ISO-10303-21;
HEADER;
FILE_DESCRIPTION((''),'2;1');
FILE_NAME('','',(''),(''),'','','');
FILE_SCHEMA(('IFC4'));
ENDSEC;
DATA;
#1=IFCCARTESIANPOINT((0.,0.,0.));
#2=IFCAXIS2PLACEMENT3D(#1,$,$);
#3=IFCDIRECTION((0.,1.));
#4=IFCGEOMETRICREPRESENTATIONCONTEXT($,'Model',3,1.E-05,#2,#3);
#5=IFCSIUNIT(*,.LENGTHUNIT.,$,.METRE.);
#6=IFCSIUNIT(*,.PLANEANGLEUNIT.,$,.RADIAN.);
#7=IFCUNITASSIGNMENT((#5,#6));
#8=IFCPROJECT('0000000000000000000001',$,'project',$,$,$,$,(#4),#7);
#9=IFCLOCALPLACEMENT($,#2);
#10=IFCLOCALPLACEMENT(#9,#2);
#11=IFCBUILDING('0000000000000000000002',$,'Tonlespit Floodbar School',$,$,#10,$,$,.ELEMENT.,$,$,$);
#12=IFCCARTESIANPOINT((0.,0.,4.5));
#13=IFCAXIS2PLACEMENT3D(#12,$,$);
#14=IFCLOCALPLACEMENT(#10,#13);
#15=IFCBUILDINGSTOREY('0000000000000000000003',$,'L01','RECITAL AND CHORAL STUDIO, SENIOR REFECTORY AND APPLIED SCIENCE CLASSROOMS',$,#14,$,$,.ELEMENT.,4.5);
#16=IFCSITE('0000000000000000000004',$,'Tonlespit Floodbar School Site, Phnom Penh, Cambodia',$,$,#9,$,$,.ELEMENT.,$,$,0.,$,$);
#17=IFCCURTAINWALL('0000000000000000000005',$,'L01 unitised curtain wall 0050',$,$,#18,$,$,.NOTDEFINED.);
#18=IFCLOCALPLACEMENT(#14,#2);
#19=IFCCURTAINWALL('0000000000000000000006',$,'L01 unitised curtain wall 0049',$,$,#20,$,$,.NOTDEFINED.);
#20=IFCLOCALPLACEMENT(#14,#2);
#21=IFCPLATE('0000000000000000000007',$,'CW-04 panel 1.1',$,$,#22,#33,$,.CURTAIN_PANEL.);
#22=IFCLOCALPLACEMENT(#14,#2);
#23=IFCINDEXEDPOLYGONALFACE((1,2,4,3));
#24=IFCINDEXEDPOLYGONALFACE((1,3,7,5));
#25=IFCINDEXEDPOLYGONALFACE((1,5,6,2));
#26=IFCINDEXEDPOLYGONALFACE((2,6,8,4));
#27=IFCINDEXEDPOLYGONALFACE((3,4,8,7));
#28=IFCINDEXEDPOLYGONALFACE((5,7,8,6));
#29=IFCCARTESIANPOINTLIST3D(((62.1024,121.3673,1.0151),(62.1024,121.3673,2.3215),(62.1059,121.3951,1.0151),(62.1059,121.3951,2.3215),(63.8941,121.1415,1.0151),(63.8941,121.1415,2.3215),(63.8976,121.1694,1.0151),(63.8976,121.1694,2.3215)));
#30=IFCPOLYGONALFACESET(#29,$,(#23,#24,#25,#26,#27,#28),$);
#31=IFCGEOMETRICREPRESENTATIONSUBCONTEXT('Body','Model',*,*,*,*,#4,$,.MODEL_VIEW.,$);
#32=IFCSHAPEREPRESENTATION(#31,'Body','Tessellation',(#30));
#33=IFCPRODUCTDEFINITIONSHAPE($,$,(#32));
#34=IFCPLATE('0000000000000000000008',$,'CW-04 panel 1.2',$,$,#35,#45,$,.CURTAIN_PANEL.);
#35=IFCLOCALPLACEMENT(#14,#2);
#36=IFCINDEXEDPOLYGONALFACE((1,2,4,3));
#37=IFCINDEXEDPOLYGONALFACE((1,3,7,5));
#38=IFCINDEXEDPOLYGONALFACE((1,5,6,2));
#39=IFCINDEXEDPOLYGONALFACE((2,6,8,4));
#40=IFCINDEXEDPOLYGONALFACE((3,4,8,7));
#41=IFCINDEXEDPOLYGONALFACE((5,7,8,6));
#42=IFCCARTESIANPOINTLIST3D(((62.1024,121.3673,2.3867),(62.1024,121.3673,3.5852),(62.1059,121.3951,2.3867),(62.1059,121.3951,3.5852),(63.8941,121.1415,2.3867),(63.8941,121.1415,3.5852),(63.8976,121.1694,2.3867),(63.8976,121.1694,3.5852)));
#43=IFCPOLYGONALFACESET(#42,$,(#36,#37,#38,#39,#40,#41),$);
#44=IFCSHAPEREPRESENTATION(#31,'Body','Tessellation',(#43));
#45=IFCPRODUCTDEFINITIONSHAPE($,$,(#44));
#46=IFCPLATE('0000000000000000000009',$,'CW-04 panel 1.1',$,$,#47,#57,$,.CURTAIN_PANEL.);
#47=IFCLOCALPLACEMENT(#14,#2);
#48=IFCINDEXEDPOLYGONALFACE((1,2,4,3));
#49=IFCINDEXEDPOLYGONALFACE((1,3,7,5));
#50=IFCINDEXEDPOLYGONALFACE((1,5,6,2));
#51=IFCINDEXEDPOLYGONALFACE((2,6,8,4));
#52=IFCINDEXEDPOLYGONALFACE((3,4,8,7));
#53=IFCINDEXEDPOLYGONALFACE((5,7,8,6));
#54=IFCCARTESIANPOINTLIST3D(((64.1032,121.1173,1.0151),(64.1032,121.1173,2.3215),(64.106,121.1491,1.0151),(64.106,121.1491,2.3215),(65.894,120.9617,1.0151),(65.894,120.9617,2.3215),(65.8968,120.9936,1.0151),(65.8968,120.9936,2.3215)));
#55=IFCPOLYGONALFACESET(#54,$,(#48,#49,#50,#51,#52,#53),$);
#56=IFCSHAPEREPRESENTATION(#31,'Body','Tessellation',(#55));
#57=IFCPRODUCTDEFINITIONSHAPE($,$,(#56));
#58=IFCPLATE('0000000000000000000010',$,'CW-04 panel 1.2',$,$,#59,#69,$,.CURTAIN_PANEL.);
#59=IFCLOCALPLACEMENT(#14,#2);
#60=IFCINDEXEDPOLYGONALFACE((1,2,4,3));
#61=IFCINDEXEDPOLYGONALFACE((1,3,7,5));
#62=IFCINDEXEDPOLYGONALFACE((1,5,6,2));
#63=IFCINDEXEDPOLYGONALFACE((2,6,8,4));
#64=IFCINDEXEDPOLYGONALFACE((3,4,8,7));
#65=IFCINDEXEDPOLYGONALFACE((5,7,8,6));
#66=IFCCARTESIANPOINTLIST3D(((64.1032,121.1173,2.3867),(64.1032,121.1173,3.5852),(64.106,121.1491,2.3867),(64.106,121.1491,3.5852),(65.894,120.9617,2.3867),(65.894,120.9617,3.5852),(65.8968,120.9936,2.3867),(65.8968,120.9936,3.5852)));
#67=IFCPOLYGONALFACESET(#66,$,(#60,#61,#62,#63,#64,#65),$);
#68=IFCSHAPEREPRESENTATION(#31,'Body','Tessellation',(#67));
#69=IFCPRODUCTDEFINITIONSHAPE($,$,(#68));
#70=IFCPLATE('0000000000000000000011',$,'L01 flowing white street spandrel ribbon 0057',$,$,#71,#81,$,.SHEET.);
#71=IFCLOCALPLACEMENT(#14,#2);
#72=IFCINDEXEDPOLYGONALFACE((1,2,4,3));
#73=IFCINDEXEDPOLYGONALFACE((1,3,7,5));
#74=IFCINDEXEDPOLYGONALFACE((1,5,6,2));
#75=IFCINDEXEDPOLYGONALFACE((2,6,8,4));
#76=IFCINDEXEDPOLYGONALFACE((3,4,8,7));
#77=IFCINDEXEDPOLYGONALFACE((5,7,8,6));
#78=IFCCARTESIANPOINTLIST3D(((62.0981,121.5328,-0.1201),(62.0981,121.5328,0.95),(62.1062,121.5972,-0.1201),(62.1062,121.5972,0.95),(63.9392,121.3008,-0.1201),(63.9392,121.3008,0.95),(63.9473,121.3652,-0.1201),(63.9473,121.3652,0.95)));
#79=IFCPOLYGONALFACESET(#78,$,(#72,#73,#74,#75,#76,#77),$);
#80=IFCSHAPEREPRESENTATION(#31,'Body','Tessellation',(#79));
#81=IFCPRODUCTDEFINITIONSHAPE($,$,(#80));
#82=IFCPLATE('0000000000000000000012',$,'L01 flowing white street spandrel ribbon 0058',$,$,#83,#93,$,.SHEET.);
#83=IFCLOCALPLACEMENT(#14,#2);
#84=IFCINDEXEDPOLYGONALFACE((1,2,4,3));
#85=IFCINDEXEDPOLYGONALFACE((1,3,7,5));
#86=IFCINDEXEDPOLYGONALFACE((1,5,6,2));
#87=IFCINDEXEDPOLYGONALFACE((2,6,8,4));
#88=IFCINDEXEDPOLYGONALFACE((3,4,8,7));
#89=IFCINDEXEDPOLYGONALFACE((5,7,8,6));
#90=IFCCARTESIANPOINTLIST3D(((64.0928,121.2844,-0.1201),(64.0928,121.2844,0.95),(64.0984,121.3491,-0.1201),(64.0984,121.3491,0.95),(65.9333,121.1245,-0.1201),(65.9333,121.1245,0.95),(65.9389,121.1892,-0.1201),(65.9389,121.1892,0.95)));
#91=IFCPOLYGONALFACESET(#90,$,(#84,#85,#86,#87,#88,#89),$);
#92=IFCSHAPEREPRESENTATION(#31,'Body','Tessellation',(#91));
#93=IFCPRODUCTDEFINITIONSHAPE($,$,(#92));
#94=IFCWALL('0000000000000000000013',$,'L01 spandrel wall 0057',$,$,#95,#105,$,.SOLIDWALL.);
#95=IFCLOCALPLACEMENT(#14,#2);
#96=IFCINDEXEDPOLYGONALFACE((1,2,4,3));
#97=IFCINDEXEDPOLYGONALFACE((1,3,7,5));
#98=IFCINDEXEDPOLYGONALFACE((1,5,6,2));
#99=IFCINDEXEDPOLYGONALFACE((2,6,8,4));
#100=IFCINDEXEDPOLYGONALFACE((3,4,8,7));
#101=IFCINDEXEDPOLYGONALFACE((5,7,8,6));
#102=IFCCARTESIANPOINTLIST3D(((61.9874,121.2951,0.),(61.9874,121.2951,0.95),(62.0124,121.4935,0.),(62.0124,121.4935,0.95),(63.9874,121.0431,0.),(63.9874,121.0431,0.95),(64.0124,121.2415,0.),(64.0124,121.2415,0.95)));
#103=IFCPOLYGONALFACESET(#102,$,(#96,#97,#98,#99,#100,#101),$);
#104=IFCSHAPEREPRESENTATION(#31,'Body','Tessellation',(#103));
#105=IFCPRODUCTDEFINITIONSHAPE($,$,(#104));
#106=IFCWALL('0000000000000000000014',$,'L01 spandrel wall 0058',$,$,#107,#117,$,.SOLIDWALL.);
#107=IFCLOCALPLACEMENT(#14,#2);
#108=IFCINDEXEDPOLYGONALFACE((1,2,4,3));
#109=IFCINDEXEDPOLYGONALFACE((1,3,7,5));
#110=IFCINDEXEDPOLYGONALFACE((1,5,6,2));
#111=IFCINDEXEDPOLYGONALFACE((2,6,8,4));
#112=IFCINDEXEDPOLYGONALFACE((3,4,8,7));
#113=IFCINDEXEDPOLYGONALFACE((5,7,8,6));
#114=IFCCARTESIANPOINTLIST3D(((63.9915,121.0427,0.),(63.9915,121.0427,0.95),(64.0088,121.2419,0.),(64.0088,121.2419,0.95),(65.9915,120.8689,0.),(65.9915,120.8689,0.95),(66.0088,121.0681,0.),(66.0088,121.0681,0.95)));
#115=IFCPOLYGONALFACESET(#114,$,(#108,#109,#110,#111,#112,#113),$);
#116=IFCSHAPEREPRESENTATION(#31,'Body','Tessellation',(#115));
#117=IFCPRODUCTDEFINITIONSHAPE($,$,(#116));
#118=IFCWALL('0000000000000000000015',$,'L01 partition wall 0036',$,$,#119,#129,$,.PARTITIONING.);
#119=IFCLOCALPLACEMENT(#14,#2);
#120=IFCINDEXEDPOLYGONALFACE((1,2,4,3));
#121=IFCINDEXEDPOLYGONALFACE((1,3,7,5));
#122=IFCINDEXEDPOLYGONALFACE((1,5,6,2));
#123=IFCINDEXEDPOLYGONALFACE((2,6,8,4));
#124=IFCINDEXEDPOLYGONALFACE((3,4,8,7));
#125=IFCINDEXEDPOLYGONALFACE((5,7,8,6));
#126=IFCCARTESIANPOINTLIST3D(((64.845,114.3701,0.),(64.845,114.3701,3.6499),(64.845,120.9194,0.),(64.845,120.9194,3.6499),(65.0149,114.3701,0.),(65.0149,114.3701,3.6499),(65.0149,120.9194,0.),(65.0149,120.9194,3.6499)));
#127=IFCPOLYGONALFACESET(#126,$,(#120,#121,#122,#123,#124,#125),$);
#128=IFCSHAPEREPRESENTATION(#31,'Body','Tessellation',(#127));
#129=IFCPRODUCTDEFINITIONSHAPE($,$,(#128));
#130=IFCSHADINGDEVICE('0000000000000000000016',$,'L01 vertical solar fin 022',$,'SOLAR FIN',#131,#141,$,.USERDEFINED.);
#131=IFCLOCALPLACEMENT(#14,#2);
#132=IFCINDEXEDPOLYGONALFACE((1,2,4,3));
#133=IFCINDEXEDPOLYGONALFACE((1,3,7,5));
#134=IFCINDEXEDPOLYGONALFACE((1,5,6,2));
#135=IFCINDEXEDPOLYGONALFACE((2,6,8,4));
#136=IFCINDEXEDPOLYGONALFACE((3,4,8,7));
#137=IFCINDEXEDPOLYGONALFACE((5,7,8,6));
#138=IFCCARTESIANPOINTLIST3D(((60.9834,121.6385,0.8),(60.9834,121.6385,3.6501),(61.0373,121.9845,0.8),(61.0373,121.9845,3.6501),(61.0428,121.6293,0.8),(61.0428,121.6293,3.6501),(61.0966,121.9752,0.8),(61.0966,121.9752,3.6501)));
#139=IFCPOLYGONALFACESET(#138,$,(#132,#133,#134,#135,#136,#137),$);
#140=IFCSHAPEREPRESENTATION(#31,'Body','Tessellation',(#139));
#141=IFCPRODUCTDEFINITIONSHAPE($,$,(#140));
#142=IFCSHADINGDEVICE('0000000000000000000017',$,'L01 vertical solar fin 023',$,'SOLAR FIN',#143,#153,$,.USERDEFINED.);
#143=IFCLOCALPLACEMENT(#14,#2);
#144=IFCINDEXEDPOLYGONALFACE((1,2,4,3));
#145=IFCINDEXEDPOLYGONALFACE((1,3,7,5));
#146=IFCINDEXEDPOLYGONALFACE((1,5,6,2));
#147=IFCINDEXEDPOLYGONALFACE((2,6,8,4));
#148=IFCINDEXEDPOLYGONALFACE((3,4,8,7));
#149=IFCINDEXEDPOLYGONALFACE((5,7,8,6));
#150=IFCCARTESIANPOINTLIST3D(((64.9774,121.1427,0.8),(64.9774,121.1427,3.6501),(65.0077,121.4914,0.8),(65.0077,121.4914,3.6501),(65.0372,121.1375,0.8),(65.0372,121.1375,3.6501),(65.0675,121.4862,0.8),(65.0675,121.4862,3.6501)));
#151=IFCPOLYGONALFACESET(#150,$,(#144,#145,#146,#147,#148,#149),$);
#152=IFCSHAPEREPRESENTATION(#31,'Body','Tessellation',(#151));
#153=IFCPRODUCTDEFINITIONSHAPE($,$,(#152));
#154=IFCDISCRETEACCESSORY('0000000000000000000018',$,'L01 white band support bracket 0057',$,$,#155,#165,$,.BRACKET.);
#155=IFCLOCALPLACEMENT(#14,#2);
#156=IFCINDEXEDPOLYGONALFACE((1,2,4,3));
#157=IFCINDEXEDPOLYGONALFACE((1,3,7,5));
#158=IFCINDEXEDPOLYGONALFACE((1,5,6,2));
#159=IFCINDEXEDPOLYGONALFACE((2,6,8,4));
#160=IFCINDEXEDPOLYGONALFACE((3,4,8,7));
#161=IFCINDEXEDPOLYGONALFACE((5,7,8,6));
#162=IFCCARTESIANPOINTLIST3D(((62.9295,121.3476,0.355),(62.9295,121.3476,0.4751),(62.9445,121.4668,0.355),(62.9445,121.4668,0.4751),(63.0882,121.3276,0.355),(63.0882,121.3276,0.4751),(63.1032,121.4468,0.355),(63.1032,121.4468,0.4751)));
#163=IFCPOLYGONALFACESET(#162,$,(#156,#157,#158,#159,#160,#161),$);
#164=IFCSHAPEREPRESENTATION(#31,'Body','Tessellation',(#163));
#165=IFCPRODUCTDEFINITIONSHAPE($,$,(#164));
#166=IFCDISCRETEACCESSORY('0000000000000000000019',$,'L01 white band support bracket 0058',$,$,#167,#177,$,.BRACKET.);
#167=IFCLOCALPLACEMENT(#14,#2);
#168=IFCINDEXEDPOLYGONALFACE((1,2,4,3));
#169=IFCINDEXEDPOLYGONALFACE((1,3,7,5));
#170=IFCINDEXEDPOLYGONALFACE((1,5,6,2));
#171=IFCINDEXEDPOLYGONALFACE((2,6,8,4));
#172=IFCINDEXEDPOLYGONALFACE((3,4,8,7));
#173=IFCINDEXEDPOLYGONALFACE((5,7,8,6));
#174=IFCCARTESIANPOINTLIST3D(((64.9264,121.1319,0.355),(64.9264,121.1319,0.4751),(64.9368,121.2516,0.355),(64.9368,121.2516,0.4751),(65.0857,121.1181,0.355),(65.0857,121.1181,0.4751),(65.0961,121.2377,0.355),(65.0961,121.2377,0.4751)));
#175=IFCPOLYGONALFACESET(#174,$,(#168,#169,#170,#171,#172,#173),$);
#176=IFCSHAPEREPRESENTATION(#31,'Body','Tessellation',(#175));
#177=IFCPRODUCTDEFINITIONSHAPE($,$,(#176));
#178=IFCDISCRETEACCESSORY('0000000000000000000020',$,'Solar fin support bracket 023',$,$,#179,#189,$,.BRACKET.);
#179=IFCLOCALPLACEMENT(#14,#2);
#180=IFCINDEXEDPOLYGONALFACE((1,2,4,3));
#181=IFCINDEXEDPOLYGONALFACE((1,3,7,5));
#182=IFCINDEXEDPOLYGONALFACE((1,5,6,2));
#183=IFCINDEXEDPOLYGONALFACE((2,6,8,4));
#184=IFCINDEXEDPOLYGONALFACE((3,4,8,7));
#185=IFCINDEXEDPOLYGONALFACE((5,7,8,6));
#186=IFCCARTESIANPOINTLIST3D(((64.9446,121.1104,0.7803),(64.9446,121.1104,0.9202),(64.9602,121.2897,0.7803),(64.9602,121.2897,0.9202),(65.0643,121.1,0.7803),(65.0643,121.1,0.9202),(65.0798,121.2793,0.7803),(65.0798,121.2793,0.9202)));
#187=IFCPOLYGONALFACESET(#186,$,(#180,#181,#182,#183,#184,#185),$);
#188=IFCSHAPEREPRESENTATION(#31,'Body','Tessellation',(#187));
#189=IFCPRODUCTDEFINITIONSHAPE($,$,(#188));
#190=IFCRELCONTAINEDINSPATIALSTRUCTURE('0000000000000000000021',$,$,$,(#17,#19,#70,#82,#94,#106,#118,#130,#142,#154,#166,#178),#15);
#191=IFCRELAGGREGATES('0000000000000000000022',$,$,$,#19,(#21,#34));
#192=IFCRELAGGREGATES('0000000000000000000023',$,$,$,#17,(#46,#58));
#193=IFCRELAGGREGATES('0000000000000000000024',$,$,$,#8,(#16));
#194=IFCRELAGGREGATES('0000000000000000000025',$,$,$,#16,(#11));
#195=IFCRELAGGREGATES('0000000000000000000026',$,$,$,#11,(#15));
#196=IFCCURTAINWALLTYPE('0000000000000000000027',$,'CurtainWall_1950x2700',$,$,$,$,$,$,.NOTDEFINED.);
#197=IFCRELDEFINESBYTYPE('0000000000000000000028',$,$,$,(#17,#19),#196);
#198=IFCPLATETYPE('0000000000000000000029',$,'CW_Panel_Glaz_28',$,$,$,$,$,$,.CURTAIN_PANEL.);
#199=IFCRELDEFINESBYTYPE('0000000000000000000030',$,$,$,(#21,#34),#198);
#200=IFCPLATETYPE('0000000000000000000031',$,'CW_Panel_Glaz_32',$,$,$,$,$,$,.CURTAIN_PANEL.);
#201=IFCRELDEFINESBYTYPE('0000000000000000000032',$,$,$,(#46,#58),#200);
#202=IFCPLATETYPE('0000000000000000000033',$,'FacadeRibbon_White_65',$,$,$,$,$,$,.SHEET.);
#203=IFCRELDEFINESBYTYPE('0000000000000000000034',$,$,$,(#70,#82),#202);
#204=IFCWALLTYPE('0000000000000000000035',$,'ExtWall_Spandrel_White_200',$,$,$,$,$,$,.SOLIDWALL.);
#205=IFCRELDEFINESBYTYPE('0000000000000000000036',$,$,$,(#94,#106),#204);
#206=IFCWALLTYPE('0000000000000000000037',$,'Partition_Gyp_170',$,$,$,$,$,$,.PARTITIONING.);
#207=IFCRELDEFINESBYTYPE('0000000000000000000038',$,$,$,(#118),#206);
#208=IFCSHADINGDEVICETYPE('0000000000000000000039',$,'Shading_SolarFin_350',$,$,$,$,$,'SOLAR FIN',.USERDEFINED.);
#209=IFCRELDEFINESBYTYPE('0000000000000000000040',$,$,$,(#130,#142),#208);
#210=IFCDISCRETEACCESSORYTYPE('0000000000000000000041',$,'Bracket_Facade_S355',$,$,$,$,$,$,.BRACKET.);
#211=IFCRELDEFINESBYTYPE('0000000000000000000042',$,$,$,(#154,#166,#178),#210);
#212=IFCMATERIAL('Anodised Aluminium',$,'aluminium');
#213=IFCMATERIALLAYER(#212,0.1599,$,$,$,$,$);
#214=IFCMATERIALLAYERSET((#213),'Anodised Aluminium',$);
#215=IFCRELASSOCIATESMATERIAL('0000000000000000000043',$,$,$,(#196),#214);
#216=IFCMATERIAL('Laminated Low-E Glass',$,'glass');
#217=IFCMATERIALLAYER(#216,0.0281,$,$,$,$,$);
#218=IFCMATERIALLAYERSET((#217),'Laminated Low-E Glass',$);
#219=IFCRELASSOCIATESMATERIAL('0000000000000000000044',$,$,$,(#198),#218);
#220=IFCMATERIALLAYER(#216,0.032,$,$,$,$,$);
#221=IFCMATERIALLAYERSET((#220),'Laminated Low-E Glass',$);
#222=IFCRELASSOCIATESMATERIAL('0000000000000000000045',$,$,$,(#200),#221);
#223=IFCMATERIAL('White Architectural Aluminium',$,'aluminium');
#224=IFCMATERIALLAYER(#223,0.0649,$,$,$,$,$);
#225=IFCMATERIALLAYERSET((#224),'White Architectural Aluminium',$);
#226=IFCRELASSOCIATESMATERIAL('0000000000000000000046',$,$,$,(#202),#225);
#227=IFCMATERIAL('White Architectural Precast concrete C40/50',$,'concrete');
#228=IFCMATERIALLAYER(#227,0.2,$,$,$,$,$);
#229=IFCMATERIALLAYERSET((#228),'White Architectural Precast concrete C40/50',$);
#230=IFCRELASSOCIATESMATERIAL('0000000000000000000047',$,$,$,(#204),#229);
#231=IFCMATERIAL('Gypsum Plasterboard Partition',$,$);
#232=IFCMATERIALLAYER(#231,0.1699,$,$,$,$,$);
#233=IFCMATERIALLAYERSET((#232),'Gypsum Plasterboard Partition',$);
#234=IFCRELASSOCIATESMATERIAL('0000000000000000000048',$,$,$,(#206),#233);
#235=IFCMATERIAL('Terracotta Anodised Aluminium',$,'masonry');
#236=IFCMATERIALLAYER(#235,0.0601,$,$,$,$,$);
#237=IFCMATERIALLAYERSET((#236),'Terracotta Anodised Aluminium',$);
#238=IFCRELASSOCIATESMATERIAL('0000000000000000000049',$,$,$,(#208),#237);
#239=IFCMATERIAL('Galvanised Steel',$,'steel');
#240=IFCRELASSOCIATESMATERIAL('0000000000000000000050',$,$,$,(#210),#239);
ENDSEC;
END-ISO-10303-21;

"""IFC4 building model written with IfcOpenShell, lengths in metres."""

from ifc_helpers import new_model, si_unit, direction, frame, frame_2d, origin, origin_2d, place, context, subcontext, project, spatial, rectangle, extrude, material, layer, layer_set, type_object, element, aggregate, save


model = new_model("IFC4")

# Units and contexts
model_context = context("Model", 3, precision=1e-05, world=origin(), true_north=direction((0.0, 1.0)))
body_context = subcontext(model_context, "Body", "Model", "MODEL_VIEW")
ifc_project = project(units=[si_unit("LENGTHUNIT", "METRE"), si_unit("PLANEANGLEUNIT", "RADIAN")], contexts=[model_context])

# Site, building, storey
site_placement = place(None, origin())
site = spatial("IfcSite", under=ifc_project, at=site_placement, Name="Tonlespit Floodbar School Site, Phnom Penh, Cambodia", CompositionType="ELEMENT", RefElevation=0.0)
building_placement = place(site_placement, origin())
building = spatial("IfcBuilding", under=site, at=building_placement, Name="Tonlespit Floodbar School", CompositionType="ELEMENT")
storey_placement = place(building_placement, frame((0.0, 0.0, 4.5)))
storey = spatial("IfcBuildingStorey", under=building, at=storey_placement, Name="L01", Description="RECITAL AND CHORAL STUDIO, SENIOR REFECTORY AND APPLIED SCIENCE CLASSROOMS", CompositionType="ELEMENT", Elevation=4.5)

# Shared definitions
ifc_material_1 = material(Name="Anodised Aluminium", Category="aluminium")
ifc_layer_1 = layer(ifc_material_1, 0.1599)
ifc_layer_set_1 = layer_set([ifc_layer_1], Name="Anodised Aluminium")
curtain_wall_type = type_object("IfcCurtainWallType", Name="CurtainWall_1950x2700", PredefinedType="NOTDEFINED", material=ifc_layer_set_1)

# Curtain walls
curtain_wall_1_placement = place(storey_placement, origin())
curtain_wall_1 = element("IfcCurtainWall", 1, at=curtain_wall_1_placement, inside=storey, type_object=curtain_wall_type, Name="L01 unitised curtain wall 0050", PredefinedType="NOTDEFINED")
curtain_wall_2_placement = place(storey_placement, origin())
curtain_wall_2 = element("IfcCurtainWall", 2, at=curtain_wall_2_placement, inside=storey, type_object=curtain_wall_type, Name="L01 unitised curtain wall 0049", PredefinedType="NOTDEFINED")

# Plates
ifc_material_2 = material(Name="Laminated Low-E Glass", Category="glass")
ifc_layer_2 = layer(ifc_material_2, 0.0281)
ifc_layer_set_2 = layer_set([ifc_layer_2], Name="Laminated Low-E Glass")
plate_type_1 = type_object("IfcPlateType", Name="CW_Panel_Glaz_28", PredefinedType="CURTAIN_PANEL", material=ifc_layer_set_2)
plate_1_placement = place(storey_placement, frame((63.0, 121.2683, 1.0151), z_axis=(0.0, 0.0, 1.0), x_axis=(0.992155, -0.125014, 0.0)))
plate_1 = element("IfcPlate", 3, at=plate_1_placement, type_object=plate_type_1, Name="CW-04 panel 1.1", PredefinedType="CURTAIN_PANEL", context=body_context, shape_type="SweptSolid", body=[
    extrude(rectangle(XDim=1.8059, YDim=0.0281, at=origin_2d()), origin(), (0.0, 0.0, 1.0), 1.3064),
])
plate_2_placement = place(storey_placement, frame((63.0, 121.2683, 2.3867), z_axis=(0.0, 0.0, 1.0), x_axis=(0.992155, -0.125014, 0.0)))
plate_2 = element("IfcPlate", 4, at=plate_2_placement, type_object=plate_type_1, Name="CW-04 panel 1.2", PredefinedType="CURTAIN_PANEL", context=body_context, shape_type="SweptSolid", body=[
    extrude(rectangle(XDim=1.8059, YDim=0.0281, at=origin_2d()), origin(), (0.0, 0.0, 1.0), 1.1985),
])
aggregate(curtain_wall_2, [plate_1, plate_2])
ifc_layer_3 = layer(ifc_material_2, 0.032)
ifc_layer_set_3 = layer_set([ifc_layer_3], Name="Laminated Low-E Glass")
plate_type_2 = type_object("IfcPlateType", Name="CW_Panel_Glaz_32", PredefinedType="CURTAIN_PANEL", material=ifc_layer_set_3)
plate_3_placement = place(storey_placement, frame((65.0, 121.0554, 1.0151), z_axis=(0.0, 0.0, 1.0), x_axis=(0.996249, -0.086531, 0.0)))
plate_3 = element("IfcPlate", 5, at=plate_3_placement, type_object=plate_type_2, Name="CW-04 panel 1.1", PredefinedType="CURTAIN_PANEL", context=body_context, shape_type="SweptSolid", body=[
    extrude(rectangle(XDim=1.7976, YDim=0.032, at=origin_2d()), origin(), (0.0, 0.0, 1.0), 1.3064),
])
plate_4_placement = place(storey_placement, frame((65.0, 121.0554, 2.3867), z_axis=(0.0, 0.0, 1.0), x_axis=(0.996249, -0.086531, 0.0)))
plate_4 = element("IfcPlate", 6, at=plate_4_placement, type_object=plate_type_2, Name="CW-04 panel 1.2", PredefinedType="CURTAIN_PANEL", context=body_context, shape_type="SweptSolid", body=[
    extrude(rectangle(XDim=1.7976, YDim=0.032, at=origin_2d()), origin(), (0.0, 0.0, 1.0), 1.1985),
])
aggregate(curtain_wall_1, [plate_3, plate_4])

# Plates
ifc_material_3 = material(Name="White Architectural Aluminium", Category="aluminium")
ifc_layer_4 = layer(ifc_material_3, 0.0649)
ifc_layer_set_4 = layer_set([ifc_layer_4], Name="White Architectural Aluminium")
plate_type_3 = type_object("IfcPlateType", Name="FacadeRibbon_White_65", PredefinedType="SHEET", material=ifc_layer_set_4)
plate_5_placement = place(storey_placement, frame((63.0227, 121.449, -0.1201), z_axis=(0.0, 0.0, 1.0), x_axis=(0.992155, -0.125011, 0.0)))
element("IfcPlate", 7, at=plate_5_placement, inside=storey, type_object=plate_type_3, Name="L01 flowing white street spandrel ribbon 0057", PredefinedType="SHEET", context=body_context, shape_type="SweptSolid", body=[
    extrude(rectangle(XDim=1.8557, YDim=0.0649, at=origin_2d()), origin(), (0.0, 0.0, 1.0), 1.0701),
])
plate_6_placement = place(storey_placement, frame((65.0159, 121.2368, -0.1201), z_axis=(0.0, 0.0, 1.0), x_axis=(0.996245, -0.086573, 0.0)))
element("IfcPlate", 8, at=plate_6_placement, inside=storey, type_object=plate_type_3, Name="L01 flowing white street spandrel ribbon 0058", PredefinedType="SHEET", context=body_context, shape_type="SweptSolid", body=[
    extrude(rectangle(XDim=1.8474, YDim=0.0649, at=origin_2d()), origin(), (0.0, 0.0, 1.0), 1.0701),
])

# Walls
ifc_material_4 = material(Name="White Architectural Precast concrete C40/50", Category="concrete")
ifc_layer_5 = layer(ifc_material_4, 0.2)
ifc_layer_set_5 = layer_set([ifc_layer_5], Name="White Architectural Precast concrete C40/50")
wall_type_1 = type_object("IfcWallType", Name="ExtWall_Spandrel_White_200", PredefinedType="SOLIDWALL", material=ifc_layer_set_5)
wall_1_placement = place(storey_placement, frame((62.0, 121.3943, 0.0), z_axis=(0.0, 0.0, 1.0), x_axis=(0.992158, -0.124989, 0.0)))
element("IfcWall", 9, at=wall_1_placement, inside=storey, type_object=wall_type_1, Name="L01 spandrel wall 0057", PredefinedType="SOLIDWALL", context=body_context, shape_type="SweptSolid", body=[
    extrude(rectangle(XDim=2.0159, YDim=0.2, at=frame_2d((1.0078, 0.0))), origin(), (0.0, 0.0, 1.0), 0.95),
])
wall_2_placement = place(storey_placement, frame((64.0, 121.1423, 0.0), z_axis=(0.0, 0.0, 1.0), x_axis=(0.996244, -0.086588, 0.0)))
element("IfcWall", 10, at=wall_2_placement, inside=storey, type_object=wall_type_1, Name="L01 spandrel wall 0058", PredefinedType="SOLIDWALL", context=body_context, shape_type="SweptSolid", body=[
    extrude(rectangle(XDim=2.0076, YDim=0.2, at=frame_2d((1.0039, 0.0))), origin(), (0.0, 0.0, 1.0), 0.95),
])
ifc_material_5 = material(Name="Gypsum Plasterboard Partition")
ifc_layer_6 = layer(ifc_material_5, 0.1699)
ifc_layer_set_6 = layer_set([ifc_layer_6], Name="Gypsum Plasterboard Partition")
wall_type_2 = type_object("IfcWallType", Name="Partition_Gyp_170", PredefinedType="PARTITIONING", material=ifc_layer_set_6)
wall_3_placement = place(storey_placement, frame((64.9299, 114.3701, 0.0), z_axis=(0.0, 0.0, 1.0), x_axis=(0.0, 1.0, 0.0)))
element("IfcWall", 11, at=wall_3_placement, inside=storey, type_object=wall_type_2, Name="L01 partition wall 0036", PredefinedType="PARTITIONING", context=body_context, shape_type="SweptSolid", body=[
    extrude(rectangle(XDim=6.5493, YDim=0.1699, at=frame_2d((3.2747, 0.0))), origin(), (0.0, 0.0, 1.0), 3.6499),
])

# Shading devices
ifc_material_6 = material(Name="Terracotta Anodised Aluminium", Category="masonry")
ifc_layer_7 = layer(ifc_material_6, 0.0601)
ifc_layer_set_7 = layer_set([ifc_layer_7], Name="Terracotta Anodised Aluminium")
shading_device_type = type_object("IfcShadingDeviceType", Name="Shading_SolarFin_350", ElementType="SOLAR FIN", PredefinedType="USERDEFINED", material=ifc_layer_set_7)
for number, where, z_axis, x_axis, name in (
    (12, (61.04, 121.8069, 0.8), (0.0, 0.0, 1.0), (0.988095, -0.153846, 0.0), "L01 vertical solar fin 022"),
    (13, (65.0225, 121.3145, 0.8), (0.0, 0.0, 1.0), (0.996245, -0.086573, 0.0), "L01 vertical solar fin 023"),
):
    element("IfcShadingDevice", number, at=place(storey_placement, frame(where, z_axis=z_axis, x_axis=x_axis)), inside=storey, type_object=shading_device_type, Name=name, ObjectType="SOLAR FIN", PredefinedType="USERDEFINED", context=body_context, shape_type="SweptSolid", body=[
        extrude(rectangle(XDim=0.0601, YDim=0.3501, at=origin_2d()), origin(), (0.0, 0.0, 1.0), 2.8501),
    ])

# Discrete accessories
ifc_material_7 = material(Name="Galvanised Steel", Category="steel")
discrete_accessory_type = type_object("IfcDiscreteAccessoryType", Name="Bracket_Facade_S355", PredefinedType="BRACKET", material=ifc_material_7)
for number, where, z_axis, x_axis, name in (
    (14, (63.0164, 121.3972, 0.355), (0.0, 0.0, 1.0), (0.992155, -0.125011, 0.0), "L01 white band support bracket 0057"),
    (15, (65.0112, 121.1848, 0.355), (0.0, 0.0, 1.0), (0.996245, -0.086573, 0.0), "L01 white band support bracket 0058"),
):
    element("IfcDiscreteAccessory", number, at=place(storey_placement, frame(where, z_axis=z_axis, x_axis=x_axis)), inside=storey, type_object=discrete_accessory_type, Name=name, PredefinedType="BRACKET", context=body_context, shape_type="SweptSolid", body=[
        extrude(rectangle(XDim=0.1599, YDim=0.1201, at=origin_2d()), origin(), (0.0, 0.0, 1.0), 0.1201),
    ])
discrete_accessory_placement = place(storey_placement, frame((65.0122, 121.1948, 0.7803), z_axis=(0.0, 0.0, 1.0), x_axis=(0.996245, -0.086573, 0.0)))
element("IfcDiscreteAccessory", 16, at=discrete_accessory_placement, inside=storey, type_object=discrete_accessory_type, Name="Solar fin support bracket 023", PredefinedType="BRACKET", context=body_context, shape_type="SweptSolid", body=[
    extrude(rectangle(XDim=0.1201, YDim=0.1799, at=origin_2d()), origin(), (0.0, 0.0, 1.0), 0.1399),
])

save(model, "model.ifc")
